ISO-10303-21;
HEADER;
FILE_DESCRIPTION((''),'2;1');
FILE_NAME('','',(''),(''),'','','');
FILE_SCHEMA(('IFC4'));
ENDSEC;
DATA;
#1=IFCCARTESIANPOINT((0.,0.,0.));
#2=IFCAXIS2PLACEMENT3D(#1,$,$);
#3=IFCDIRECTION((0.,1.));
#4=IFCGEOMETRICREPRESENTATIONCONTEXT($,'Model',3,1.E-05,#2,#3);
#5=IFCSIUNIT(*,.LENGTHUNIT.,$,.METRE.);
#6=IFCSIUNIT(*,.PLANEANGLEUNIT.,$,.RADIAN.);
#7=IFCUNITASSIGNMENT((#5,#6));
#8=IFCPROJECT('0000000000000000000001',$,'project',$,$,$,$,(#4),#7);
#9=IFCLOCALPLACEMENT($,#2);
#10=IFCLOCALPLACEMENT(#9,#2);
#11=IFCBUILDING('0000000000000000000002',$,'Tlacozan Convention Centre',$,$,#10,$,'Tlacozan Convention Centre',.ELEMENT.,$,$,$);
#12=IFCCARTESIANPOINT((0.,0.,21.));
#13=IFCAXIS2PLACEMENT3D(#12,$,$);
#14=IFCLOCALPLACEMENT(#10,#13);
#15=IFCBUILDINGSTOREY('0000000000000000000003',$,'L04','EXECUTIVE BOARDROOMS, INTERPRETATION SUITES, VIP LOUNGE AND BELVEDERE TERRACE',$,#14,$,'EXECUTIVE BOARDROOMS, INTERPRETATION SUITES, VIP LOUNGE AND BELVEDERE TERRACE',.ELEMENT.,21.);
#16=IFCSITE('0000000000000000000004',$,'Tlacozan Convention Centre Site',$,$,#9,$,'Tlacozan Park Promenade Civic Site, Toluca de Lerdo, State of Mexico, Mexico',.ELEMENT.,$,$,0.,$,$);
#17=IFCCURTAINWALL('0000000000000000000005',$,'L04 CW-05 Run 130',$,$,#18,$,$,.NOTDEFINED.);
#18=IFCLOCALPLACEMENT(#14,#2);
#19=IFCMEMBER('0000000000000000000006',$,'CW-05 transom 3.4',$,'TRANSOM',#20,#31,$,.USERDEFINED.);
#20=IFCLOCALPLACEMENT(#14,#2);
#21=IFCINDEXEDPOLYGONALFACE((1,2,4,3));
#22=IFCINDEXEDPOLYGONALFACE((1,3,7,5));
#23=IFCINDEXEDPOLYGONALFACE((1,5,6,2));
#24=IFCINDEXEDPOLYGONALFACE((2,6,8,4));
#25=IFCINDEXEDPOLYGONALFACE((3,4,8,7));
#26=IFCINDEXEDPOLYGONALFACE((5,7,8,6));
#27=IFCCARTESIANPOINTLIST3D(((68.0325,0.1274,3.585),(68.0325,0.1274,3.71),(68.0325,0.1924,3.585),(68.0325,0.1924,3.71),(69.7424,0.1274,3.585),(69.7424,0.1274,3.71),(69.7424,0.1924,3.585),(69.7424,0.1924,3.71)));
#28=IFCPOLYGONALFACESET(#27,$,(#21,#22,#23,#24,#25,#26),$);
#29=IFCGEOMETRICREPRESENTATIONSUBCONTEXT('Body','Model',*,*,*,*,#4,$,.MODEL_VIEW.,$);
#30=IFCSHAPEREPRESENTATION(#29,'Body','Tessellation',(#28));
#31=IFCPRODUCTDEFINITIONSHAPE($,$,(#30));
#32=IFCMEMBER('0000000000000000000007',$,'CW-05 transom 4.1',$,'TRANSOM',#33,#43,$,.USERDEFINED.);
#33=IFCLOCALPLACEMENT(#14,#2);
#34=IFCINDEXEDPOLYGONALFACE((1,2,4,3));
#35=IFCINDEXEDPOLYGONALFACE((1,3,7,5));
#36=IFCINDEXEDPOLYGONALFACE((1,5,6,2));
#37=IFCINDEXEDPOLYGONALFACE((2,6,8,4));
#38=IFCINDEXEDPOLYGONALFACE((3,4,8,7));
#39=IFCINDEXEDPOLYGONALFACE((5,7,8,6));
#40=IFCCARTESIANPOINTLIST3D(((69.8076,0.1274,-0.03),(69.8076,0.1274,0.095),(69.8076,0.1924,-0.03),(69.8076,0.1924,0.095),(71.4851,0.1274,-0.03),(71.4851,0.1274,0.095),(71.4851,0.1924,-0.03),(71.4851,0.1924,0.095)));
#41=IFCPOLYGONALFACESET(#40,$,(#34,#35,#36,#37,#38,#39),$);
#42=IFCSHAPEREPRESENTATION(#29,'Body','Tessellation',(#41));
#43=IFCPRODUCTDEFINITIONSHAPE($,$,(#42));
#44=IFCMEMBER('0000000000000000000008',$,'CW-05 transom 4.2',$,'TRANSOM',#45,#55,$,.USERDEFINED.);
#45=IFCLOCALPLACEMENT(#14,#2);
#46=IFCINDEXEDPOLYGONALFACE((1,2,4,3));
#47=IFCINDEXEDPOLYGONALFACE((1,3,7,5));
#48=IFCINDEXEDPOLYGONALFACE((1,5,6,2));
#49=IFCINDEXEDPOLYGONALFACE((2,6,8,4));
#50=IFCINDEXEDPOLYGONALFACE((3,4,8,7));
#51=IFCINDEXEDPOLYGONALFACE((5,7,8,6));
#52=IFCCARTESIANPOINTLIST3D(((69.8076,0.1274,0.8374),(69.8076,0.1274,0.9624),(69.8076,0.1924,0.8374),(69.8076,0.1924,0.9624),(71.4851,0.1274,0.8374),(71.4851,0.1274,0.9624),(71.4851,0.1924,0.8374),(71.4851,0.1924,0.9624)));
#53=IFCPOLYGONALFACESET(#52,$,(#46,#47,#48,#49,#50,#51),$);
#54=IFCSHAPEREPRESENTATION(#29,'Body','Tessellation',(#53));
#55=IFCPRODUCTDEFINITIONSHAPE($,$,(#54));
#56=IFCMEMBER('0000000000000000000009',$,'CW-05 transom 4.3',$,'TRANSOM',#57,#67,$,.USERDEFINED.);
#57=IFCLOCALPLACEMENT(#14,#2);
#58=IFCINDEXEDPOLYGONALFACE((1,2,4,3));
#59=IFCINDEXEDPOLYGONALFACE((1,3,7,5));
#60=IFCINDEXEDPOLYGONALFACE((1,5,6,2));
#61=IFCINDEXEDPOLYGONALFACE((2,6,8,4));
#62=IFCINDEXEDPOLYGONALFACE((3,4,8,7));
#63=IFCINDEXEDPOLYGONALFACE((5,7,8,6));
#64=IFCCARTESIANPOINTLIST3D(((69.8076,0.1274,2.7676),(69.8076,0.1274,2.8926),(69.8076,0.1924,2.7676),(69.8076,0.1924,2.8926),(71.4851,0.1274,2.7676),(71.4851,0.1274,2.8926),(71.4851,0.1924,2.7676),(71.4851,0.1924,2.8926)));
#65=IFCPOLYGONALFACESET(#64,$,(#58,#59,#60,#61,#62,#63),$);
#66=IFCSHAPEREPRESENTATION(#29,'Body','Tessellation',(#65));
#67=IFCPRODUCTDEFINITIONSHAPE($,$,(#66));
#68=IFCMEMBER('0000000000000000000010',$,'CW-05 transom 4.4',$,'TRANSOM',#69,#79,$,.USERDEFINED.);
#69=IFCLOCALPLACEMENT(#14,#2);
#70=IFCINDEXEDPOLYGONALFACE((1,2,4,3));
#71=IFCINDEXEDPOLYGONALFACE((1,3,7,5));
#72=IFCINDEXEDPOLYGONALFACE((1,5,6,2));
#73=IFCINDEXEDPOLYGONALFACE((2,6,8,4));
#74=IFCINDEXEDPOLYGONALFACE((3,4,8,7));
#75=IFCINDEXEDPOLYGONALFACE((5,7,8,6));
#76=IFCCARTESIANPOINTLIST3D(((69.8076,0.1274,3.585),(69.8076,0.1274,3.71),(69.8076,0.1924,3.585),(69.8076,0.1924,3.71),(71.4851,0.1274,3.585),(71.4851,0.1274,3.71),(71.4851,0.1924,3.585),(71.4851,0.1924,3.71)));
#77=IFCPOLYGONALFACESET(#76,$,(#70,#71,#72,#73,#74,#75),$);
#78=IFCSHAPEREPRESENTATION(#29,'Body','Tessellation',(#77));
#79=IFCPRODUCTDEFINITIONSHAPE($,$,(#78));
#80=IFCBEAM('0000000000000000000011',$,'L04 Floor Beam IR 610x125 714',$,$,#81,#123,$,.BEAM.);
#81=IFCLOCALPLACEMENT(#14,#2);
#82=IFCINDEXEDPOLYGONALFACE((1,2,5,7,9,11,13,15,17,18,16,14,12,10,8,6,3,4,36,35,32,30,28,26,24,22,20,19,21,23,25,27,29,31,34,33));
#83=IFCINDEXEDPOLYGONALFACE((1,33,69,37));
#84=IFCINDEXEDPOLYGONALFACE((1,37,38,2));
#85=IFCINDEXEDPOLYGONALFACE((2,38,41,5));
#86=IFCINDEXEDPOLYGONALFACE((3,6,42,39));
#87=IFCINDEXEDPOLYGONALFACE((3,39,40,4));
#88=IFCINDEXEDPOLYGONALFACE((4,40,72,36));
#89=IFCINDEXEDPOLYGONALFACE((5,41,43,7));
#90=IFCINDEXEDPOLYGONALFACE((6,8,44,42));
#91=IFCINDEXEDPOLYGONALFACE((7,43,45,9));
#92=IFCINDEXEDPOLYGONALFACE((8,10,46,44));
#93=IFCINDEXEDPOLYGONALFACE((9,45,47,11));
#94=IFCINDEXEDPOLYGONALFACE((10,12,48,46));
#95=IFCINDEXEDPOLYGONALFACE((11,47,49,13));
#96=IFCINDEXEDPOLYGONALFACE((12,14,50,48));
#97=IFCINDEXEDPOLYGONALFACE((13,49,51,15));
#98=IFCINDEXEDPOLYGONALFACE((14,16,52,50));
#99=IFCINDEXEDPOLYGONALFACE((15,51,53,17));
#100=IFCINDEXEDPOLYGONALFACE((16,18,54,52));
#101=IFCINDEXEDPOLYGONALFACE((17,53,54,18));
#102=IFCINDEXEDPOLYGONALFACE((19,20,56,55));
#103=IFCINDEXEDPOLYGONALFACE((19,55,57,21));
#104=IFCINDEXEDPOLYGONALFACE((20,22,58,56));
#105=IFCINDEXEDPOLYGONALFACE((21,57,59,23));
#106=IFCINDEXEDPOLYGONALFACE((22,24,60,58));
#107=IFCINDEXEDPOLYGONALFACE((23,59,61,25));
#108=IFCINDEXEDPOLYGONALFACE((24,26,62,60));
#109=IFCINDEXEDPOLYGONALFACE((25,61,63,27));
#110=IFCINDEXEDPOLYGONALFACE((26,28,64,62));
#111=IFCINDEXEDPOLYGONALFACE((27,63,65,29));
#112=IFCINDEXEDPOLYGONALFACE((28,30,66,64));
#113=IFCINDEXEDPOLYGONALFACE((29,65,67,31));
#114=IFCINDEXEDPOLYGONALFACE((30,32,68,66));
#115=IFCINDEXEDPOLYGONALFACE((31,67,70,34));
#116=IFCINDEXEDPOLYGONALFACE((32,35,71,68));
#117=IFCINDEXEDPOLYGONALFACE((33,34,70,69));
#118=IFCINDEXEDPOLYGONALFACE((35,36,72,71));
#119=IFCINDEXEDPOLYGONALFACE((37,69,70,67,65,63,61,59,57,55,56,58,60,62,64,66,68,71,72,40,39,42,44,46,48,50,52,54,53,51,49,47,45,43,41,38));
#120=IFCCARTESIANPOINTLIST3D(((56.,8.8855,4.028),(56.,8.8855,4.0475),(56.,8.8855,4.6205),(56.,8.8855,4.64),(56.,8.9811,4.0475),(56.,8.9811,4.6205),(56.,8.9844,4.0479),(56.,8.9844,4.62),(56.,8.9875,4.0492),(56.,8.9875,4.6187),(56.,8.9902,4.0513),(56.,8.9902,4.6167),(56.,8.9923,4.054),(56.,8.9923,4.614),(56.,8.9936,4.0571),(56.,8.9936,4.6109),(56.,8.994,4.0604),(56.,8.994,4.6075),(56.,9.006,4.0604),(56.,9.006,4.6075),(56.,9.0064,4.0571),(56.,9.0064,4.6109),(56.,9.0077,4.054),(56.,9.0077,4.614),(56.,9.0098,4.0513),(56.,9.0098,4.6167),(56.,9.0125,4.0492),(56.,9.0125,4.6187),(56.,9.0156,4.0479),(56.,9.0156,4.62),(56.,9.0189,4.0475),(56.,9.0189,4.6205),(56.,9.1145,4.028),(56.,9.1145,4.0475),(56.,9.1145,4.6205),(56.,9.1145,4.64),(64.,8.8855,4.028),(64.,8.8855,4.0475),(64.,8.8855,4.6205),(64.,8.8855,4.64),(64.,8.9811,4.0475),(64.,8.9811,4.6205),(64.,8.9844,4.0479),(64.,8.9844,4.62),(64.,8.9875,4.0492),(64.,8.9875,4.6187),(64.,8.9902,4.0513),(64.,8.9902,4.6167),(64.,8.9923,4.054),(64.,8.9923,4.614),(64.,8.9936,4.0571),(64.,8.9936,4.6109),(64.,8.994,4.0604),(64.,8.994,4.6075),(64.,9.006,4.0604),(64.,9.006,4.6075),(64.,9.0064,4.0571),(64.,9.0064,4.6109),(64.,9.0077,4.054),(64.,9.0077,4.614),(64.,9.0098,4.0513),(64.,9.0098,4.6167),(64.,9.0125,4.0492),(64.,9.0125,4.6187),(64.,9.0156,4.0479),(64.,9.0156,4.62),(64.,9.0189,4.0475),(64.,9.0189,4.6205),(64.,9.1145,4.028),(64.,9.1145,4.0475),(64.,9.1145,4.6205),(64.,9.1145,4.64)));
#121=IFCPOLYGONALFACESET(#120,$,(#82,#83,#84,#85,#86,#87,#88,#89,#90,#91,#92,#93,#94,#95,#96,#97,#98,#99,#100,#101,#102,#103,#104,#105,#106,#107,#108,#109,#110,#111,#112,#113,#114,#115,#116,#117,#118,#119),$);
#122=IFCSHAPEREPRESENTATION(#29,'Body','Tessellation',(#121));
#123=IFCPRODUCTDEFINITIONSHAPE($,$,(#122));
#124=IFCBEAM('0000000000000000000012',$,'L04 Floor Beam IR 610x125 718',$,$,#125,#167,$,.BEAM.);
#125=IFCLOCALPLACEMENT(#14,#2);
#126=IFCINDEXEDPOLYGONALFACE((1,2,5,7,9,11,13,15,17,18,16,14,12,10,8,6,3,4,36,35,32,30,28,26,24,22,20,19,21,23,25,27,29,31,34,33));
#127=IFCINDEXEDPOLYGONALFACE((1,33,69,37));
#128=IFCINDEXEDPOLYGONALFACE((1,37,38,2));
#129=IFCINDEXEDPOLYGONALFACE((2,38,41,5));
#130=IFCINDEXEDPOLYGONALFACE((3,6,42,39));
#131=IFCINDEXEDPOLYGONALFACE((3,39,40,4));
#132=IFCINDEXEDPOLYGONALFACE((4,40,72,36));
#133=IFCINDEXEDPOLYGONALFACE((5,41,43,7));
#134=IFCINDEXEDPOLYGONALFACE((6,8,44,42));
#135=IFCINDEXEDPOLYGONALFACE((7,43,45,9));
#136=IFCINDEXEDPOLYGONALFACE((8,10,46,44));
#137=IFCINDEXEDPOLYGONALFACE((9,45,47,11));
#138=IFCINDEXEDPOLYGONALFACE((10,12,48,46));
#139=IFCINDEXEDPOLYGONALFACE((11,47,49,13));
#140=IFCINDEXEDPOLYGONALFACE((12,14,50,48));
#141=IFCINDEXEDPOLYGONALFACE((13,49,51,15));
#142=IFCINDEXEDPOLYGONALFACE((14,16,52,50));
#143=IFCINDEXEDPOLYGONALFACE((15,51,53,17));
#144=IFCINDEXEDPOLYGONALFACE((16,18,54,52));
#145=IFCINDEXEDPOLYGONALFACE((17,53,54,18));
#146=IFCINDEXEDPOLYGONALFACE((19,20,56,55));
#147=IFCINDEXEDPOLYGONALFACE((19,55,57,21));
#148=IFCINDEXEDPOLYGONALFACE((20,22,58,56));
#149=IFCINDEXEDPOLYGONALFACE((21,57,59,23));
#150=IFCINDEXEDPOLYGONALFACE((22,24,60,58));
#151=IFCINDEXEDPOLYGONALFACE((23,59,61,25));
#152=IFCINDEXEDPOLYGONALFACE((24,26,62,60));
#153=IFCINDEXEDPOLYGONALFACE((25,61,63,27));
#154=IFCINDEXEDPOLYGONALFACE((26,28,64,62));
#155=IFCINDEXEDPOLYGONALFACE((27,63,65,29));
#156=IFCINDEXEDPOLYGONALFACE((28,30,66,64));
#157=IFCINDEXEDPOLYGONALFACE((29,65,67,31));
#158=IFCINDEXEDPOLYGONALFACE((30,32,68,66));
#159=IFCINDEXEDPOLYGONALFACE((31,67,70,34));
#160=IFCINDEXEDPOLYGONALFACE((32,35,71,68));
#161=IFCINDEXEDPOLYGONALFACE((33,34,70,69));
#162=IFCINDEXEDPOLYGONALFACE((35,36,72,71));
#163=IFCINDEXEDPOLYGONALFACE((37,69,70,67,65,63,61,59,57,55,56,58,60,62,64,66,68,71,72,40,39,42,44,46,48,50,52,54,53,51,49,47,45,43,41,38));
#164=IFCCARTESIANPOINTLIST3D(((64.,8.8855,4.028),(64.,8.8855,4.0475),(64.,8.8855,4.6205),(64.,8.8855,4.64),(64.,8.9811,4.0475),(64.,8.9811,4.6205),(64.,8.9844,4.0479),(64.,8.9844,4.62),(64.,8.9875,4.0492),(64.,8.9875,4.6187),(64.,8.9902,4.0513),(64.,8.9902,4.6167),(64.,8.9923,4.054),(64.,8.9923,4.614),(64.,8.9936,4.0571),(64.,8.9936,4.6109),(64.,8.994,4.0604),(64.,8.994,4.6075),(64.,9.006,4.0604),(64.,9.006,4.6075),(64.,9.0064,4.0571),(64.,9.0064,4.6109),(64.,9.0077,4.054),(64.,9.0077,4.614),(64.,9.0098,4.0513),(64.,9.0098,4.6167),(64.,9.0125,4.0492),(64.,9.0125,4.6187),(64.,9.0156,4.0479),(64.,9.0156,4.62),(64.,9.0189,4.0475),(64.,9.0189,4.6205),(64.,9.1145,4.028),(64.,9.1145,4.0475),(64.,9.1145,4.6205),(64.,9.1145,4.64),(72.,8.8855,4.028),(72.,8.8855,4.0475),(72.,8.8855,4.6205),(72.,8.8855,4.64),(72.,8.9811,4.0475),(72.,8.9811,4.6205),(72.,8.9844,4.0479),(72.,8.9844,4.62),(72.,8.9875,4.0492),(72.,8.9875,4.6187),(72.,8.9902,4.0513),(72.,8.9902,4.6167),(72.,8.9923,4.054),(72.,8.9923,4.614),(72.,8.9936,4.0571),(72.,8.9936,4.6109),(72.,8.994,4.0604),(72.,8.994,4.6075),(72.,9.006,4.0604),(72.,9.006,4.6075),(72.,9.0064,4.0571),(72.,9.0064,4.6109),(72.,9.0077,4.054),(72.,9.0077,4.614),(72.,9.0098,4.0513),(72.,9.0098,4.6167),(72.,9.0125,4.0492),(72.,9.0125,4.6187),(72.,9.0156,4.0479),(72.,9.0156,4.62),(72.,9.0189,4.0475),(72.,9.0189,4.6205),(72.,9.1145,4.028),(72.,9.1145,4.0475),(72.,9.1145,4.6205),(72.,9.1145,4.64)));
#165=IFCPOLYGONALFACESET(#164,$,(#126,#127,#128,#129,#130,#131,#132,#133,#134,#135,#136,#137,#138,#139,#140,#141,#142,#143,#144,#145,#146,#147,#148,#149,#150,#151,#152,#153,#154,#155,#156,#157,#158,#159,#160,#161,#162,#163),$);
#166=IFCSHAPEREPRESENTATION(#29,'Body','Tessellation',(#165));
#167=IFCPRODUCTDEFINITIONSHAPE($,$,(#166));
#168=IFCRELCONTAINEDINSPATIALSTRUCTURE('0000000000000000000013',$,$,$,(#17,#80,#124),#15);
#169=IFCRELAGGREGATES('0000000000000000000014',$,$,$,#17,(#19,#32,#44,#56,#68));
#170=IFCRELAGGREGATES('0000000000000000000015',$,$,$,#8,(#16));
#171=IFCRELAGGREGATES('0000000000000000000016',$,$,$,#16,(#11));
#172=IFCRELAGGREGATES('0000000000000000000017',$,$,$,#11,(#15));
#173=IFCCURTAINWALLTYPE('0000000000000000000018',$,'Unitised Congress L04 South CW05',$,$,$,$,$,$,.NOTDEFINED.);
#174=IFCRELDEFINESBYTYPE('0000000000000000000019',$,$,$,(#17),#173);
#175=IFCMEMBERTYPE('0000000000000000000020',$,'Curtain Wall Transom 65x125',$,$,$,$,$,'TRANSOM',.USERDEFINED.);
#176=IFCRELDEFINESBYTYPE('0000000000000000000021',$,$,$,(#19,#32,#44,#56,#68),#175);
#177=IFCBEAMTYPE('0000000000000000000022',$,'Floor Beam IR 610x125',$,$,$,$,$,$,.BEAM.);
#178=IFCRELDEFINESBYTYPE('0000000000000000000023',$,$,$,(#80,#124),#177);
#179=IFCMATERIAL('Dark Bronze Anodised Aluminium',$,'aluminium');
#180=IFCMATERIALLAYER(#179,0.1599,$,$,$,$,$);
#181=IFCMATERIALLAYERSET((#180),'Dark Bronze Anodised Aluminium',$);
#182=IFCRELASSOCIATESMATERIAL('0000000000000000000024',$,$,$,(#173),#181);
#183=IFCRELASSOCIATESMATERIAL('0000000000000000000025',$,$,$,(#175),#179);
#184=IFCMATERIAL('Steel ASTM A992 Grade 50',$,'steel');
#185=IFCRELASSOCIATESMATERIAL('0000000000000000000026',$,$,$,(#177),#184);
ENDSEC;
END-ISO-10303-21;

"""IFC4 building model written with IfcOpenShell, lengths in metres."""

from ifc_helpers import new_model, si_unit, direction, frame, origin, origin_2d, place, context, subcontext, project, spatial, rectangle, i_section, extrude, material, layer, layer_set, material_profile, profile_set, type_object, element, aggregate, save


model = new_model("IFC4")

# Units and contexts
model_context = context("Model", 3, precision=1e-05, world=origin(), true_north=direction((0.0, 1.0)))
body_context = subcontext(model_context, "Body", "Model", "MODEL_VIEW")
ifc_project = project(units=[si_unit("LENGTHUNIT", "METRE"), si_unit("PLANEANGLEUNIT", "RADIAN")], contexts=[model_context])

# Site, building, storey
site_placement = place(None, origin())
site = spatial("IfcSite", under=ifc_project, at=site_placement, Name="Tlacozan Convention Centre Site", LongName="Tlacozan Park Promenade Civic Site, Toluca de Lerdo, State of Mexico, Mexico", CompositionType="ELEMENT", RefElevation=0.0)
building_placement = place(site_placement, origin())
building = spatial("IfcBuilding", under=site, at=building_placement, Name="Tlacozan Convention Centre", LongName="Tlacozan Convention Centre", CompositionType="ELEMENT")
storey_placement = place(building_placement, frame((0.0, 0.0, 21.0)))
storey = spatial("IfcBuildingStorey", under=building, at=storey_placement, Name="L04", Description="EXECUTIVE BOARDROOMS, INTERPRETATION SUITES, VIP LOUNGE AND BELVEDERE TERRACE", LongName="EXECUTIVE BOARDROOMS, INTERPRETATION SUITES, VIP LOUNGE AND BELVEDERE TERRACE", CompositionType="ELEMENT", Elevation=21.0)

# Curtain wall, members
ifc_material_1 = material(Name="Dark Bronze Anodised Aluminium", Category="aluminium")
ifc_layer_1 = layer(ifc_material_1, 0.1599)
ifc_layer_set_1 = layer_set([ifc_layer_1], Name="Dark Bronze Anodised Aluminium")
curtain_wall_type = type_object("IfcCurtainWallType", Name="Unitised Congress L04 South CW05", PredefinedType="NOTDEFINED", material=ifc_layer_set_1)
curtain_wall_placement = place(storey_placement, origin())
curtain_wall = element("IfcCurtainWall", 1, at=curtain_wall_placement, inside=storey, type_object=curtain_wall_type, Name="L04 CW-05 Run 130", PredefinedType="NOTDEFINED")
ifc_material_profile_1 = material_profile(ifc_material_1, rectangle(XDim=0.0649, YDim=0.125, at=origin_2d()), Name="ALU 65x125")
ifc_profile_set_1 = profile_set([ifc_material_profile_1], Name="Dark Bronze Anodised Aluminium")
member_type_1 = type_object("IfcMemberType", Name="Curtain Wall Transom 65x125", ElementType="TRANSOM", PredefinedType="USERDEFINED", material=ifc_profile_set_1)
member_1_placement = place(storey_placement, frame((68.0325, 0.1599, 3.6475), z_axis=(1.0, 0.0, 0.0), x_axis=(0.0, 1.0, 0.0)))
member_1 = element("IfcMember", 2, at=member_1_placement, type_object=member_type_1, Name="CW-05 transom 3.4", ObjectType="TRANSOM", PredefinedType="USERDEFINED", context=body_context, shape_type="SweptSolid", body=[
    extrude(rectangle(XDim=0.0649, YDim=0.125, at=origin_2d()), origin(), (0.0, 0.0, 1.0), 1.71),
])
member_2_placement = place(storey_placement, frame((69.8076, 0.1599, 0.0325), z_axis=(1.0, 0.0, 0.0), x_axis=(0.0, 1.0, 0.0)))
member_2 = element("IfcMember", 3, at=member_2_placement, type_object=member_type_1, Name="CW-05 transom 4.1", ObjectType="TRANSOM", PredefinedType="USERDEFINED", context=body_context, shape_type="SweptSolid", body=[
    extrude(rectangle(XDim=0.0649, YDim=0.125, at=origin_2d()), origin(), (0.0, 0.0, 1.0), 1.6775),
])
member_3_placement = place(storey_placement, frame((69.8076, 0.1599, 0.8999), z_axis=(1.0, 0.0, 0.0), x_axis=(0.0, 1.0, 0.0)))
member_3 = element("IfcMember", 4, at=member_3_placement, type_object=member_type_1, Name="CW-05 transom 4.2", ObjectType="TRANSOM", PredefinedType="USERDEFINED", context=body_context, shape_type="SweptSolid", body=[
    extrude(rectangle(XDim=0.0649, YDim=0.125, at=origin_2d()), origin(), (0.0, 0.0, 1.0), 1.6775),
])
member_4_placement = place(storey_placement, frame((69.8076, 0.1599, 2.8301), z_axis=(1.0, 0.0, 0.0), x_axis=(0.0, 1.0, 0.0)))
member_4 = element("IfcMember", 5, at=member_4_placement, type_object=member_type_1, Name="CW-05 transom 4.3", ObjectType="TRANSOM", PredefinedType="USERDEFINED", context=body_context, shape_type="SweptSolid", body=[
    extrude(rectangle(XDim=0.0649, YDim=0.125, at=origin_2d()), origin(), (0.0, 0.0, 1.0), 1.6775),
])
member_5_placement = place(storey_placement, frame((69.8076, 0.1599, 3.6475), z_axis=(1.0, 0.0, 0.0), x_axis=(0.0, 1.0, 0.0)))
member_5 = element("IfcMember", 6, at=member_5_placement, type_object=member_type_1, Name="CW-05 transom 4.4", ObjectType="TRANSOM", PredefinedType="USERDEFINED", context=body_context, shape_type="SweptSolid", body=[
    extrude(rectangle(XDim=0.0649, YDim=0.125, at=origin_2d()), origin(), (0.0, 0.0, 1.0), 1.6775),
])

# Beams
ifc_material_2 = material(Name="Steel ASTM A992 Grade 50", Category="steel")
ifc_material_profile_2 = material_profile(ifc_material_2, i_section(OverallWidth=0.229, OverallDepth=0.6121, WebThickness=0.012, FlangeThickness=0.0195, FilletRadius=0.0129, at=origin_2d()), Name="IR 610x125.0")
ifc_profile_set_2 = profile_set([ifc_material_profile_2], Name="Steel ASTM A992 Grade 50")
beam_type_1 = type_object("IfcBeamType", Name="Floor Beam IR 610x125", PredefinedType="BEAM", material=ifc_profile_set_2)
for number, where, z_axis, x_axis, name in (
    (7, (56.0, 9.0, 4.334), (1.0, 0.0, 0.0), (0.0, 1.0, 0.0), "L04 Floor Beam IR 610x125 714"),
    (8, (64.0, 9.0, 4.334), (1.0, 0.0, 0.0), (0.0, 1.0, 0.0), "L04 Floor Beam IR 610x125 718"),
):
    element("IfcBeam", number, at=place(storey_placement, frame(where, z_axis=z_axis, x_axis=x_axis)), inside=storey, type_object=beam_type_1, Name=name, PredefinedType="BEAM", context=body_context, shape_type="SweptSolid", body=[
        extrude(i_section(OverallWidth=0.229, OverallDepth=0.6121, WebThickness=0.012, FlangeThickness=0.0195, FilletRadius=0.0129, at=origin_2d()), origin(), (0.0, 0.0, 1.0), 8.0),
    ])

aggregate(curtain_wall, [member_1, member_2, member_3, member_4, member_5])

save(model, "model.ifc")
